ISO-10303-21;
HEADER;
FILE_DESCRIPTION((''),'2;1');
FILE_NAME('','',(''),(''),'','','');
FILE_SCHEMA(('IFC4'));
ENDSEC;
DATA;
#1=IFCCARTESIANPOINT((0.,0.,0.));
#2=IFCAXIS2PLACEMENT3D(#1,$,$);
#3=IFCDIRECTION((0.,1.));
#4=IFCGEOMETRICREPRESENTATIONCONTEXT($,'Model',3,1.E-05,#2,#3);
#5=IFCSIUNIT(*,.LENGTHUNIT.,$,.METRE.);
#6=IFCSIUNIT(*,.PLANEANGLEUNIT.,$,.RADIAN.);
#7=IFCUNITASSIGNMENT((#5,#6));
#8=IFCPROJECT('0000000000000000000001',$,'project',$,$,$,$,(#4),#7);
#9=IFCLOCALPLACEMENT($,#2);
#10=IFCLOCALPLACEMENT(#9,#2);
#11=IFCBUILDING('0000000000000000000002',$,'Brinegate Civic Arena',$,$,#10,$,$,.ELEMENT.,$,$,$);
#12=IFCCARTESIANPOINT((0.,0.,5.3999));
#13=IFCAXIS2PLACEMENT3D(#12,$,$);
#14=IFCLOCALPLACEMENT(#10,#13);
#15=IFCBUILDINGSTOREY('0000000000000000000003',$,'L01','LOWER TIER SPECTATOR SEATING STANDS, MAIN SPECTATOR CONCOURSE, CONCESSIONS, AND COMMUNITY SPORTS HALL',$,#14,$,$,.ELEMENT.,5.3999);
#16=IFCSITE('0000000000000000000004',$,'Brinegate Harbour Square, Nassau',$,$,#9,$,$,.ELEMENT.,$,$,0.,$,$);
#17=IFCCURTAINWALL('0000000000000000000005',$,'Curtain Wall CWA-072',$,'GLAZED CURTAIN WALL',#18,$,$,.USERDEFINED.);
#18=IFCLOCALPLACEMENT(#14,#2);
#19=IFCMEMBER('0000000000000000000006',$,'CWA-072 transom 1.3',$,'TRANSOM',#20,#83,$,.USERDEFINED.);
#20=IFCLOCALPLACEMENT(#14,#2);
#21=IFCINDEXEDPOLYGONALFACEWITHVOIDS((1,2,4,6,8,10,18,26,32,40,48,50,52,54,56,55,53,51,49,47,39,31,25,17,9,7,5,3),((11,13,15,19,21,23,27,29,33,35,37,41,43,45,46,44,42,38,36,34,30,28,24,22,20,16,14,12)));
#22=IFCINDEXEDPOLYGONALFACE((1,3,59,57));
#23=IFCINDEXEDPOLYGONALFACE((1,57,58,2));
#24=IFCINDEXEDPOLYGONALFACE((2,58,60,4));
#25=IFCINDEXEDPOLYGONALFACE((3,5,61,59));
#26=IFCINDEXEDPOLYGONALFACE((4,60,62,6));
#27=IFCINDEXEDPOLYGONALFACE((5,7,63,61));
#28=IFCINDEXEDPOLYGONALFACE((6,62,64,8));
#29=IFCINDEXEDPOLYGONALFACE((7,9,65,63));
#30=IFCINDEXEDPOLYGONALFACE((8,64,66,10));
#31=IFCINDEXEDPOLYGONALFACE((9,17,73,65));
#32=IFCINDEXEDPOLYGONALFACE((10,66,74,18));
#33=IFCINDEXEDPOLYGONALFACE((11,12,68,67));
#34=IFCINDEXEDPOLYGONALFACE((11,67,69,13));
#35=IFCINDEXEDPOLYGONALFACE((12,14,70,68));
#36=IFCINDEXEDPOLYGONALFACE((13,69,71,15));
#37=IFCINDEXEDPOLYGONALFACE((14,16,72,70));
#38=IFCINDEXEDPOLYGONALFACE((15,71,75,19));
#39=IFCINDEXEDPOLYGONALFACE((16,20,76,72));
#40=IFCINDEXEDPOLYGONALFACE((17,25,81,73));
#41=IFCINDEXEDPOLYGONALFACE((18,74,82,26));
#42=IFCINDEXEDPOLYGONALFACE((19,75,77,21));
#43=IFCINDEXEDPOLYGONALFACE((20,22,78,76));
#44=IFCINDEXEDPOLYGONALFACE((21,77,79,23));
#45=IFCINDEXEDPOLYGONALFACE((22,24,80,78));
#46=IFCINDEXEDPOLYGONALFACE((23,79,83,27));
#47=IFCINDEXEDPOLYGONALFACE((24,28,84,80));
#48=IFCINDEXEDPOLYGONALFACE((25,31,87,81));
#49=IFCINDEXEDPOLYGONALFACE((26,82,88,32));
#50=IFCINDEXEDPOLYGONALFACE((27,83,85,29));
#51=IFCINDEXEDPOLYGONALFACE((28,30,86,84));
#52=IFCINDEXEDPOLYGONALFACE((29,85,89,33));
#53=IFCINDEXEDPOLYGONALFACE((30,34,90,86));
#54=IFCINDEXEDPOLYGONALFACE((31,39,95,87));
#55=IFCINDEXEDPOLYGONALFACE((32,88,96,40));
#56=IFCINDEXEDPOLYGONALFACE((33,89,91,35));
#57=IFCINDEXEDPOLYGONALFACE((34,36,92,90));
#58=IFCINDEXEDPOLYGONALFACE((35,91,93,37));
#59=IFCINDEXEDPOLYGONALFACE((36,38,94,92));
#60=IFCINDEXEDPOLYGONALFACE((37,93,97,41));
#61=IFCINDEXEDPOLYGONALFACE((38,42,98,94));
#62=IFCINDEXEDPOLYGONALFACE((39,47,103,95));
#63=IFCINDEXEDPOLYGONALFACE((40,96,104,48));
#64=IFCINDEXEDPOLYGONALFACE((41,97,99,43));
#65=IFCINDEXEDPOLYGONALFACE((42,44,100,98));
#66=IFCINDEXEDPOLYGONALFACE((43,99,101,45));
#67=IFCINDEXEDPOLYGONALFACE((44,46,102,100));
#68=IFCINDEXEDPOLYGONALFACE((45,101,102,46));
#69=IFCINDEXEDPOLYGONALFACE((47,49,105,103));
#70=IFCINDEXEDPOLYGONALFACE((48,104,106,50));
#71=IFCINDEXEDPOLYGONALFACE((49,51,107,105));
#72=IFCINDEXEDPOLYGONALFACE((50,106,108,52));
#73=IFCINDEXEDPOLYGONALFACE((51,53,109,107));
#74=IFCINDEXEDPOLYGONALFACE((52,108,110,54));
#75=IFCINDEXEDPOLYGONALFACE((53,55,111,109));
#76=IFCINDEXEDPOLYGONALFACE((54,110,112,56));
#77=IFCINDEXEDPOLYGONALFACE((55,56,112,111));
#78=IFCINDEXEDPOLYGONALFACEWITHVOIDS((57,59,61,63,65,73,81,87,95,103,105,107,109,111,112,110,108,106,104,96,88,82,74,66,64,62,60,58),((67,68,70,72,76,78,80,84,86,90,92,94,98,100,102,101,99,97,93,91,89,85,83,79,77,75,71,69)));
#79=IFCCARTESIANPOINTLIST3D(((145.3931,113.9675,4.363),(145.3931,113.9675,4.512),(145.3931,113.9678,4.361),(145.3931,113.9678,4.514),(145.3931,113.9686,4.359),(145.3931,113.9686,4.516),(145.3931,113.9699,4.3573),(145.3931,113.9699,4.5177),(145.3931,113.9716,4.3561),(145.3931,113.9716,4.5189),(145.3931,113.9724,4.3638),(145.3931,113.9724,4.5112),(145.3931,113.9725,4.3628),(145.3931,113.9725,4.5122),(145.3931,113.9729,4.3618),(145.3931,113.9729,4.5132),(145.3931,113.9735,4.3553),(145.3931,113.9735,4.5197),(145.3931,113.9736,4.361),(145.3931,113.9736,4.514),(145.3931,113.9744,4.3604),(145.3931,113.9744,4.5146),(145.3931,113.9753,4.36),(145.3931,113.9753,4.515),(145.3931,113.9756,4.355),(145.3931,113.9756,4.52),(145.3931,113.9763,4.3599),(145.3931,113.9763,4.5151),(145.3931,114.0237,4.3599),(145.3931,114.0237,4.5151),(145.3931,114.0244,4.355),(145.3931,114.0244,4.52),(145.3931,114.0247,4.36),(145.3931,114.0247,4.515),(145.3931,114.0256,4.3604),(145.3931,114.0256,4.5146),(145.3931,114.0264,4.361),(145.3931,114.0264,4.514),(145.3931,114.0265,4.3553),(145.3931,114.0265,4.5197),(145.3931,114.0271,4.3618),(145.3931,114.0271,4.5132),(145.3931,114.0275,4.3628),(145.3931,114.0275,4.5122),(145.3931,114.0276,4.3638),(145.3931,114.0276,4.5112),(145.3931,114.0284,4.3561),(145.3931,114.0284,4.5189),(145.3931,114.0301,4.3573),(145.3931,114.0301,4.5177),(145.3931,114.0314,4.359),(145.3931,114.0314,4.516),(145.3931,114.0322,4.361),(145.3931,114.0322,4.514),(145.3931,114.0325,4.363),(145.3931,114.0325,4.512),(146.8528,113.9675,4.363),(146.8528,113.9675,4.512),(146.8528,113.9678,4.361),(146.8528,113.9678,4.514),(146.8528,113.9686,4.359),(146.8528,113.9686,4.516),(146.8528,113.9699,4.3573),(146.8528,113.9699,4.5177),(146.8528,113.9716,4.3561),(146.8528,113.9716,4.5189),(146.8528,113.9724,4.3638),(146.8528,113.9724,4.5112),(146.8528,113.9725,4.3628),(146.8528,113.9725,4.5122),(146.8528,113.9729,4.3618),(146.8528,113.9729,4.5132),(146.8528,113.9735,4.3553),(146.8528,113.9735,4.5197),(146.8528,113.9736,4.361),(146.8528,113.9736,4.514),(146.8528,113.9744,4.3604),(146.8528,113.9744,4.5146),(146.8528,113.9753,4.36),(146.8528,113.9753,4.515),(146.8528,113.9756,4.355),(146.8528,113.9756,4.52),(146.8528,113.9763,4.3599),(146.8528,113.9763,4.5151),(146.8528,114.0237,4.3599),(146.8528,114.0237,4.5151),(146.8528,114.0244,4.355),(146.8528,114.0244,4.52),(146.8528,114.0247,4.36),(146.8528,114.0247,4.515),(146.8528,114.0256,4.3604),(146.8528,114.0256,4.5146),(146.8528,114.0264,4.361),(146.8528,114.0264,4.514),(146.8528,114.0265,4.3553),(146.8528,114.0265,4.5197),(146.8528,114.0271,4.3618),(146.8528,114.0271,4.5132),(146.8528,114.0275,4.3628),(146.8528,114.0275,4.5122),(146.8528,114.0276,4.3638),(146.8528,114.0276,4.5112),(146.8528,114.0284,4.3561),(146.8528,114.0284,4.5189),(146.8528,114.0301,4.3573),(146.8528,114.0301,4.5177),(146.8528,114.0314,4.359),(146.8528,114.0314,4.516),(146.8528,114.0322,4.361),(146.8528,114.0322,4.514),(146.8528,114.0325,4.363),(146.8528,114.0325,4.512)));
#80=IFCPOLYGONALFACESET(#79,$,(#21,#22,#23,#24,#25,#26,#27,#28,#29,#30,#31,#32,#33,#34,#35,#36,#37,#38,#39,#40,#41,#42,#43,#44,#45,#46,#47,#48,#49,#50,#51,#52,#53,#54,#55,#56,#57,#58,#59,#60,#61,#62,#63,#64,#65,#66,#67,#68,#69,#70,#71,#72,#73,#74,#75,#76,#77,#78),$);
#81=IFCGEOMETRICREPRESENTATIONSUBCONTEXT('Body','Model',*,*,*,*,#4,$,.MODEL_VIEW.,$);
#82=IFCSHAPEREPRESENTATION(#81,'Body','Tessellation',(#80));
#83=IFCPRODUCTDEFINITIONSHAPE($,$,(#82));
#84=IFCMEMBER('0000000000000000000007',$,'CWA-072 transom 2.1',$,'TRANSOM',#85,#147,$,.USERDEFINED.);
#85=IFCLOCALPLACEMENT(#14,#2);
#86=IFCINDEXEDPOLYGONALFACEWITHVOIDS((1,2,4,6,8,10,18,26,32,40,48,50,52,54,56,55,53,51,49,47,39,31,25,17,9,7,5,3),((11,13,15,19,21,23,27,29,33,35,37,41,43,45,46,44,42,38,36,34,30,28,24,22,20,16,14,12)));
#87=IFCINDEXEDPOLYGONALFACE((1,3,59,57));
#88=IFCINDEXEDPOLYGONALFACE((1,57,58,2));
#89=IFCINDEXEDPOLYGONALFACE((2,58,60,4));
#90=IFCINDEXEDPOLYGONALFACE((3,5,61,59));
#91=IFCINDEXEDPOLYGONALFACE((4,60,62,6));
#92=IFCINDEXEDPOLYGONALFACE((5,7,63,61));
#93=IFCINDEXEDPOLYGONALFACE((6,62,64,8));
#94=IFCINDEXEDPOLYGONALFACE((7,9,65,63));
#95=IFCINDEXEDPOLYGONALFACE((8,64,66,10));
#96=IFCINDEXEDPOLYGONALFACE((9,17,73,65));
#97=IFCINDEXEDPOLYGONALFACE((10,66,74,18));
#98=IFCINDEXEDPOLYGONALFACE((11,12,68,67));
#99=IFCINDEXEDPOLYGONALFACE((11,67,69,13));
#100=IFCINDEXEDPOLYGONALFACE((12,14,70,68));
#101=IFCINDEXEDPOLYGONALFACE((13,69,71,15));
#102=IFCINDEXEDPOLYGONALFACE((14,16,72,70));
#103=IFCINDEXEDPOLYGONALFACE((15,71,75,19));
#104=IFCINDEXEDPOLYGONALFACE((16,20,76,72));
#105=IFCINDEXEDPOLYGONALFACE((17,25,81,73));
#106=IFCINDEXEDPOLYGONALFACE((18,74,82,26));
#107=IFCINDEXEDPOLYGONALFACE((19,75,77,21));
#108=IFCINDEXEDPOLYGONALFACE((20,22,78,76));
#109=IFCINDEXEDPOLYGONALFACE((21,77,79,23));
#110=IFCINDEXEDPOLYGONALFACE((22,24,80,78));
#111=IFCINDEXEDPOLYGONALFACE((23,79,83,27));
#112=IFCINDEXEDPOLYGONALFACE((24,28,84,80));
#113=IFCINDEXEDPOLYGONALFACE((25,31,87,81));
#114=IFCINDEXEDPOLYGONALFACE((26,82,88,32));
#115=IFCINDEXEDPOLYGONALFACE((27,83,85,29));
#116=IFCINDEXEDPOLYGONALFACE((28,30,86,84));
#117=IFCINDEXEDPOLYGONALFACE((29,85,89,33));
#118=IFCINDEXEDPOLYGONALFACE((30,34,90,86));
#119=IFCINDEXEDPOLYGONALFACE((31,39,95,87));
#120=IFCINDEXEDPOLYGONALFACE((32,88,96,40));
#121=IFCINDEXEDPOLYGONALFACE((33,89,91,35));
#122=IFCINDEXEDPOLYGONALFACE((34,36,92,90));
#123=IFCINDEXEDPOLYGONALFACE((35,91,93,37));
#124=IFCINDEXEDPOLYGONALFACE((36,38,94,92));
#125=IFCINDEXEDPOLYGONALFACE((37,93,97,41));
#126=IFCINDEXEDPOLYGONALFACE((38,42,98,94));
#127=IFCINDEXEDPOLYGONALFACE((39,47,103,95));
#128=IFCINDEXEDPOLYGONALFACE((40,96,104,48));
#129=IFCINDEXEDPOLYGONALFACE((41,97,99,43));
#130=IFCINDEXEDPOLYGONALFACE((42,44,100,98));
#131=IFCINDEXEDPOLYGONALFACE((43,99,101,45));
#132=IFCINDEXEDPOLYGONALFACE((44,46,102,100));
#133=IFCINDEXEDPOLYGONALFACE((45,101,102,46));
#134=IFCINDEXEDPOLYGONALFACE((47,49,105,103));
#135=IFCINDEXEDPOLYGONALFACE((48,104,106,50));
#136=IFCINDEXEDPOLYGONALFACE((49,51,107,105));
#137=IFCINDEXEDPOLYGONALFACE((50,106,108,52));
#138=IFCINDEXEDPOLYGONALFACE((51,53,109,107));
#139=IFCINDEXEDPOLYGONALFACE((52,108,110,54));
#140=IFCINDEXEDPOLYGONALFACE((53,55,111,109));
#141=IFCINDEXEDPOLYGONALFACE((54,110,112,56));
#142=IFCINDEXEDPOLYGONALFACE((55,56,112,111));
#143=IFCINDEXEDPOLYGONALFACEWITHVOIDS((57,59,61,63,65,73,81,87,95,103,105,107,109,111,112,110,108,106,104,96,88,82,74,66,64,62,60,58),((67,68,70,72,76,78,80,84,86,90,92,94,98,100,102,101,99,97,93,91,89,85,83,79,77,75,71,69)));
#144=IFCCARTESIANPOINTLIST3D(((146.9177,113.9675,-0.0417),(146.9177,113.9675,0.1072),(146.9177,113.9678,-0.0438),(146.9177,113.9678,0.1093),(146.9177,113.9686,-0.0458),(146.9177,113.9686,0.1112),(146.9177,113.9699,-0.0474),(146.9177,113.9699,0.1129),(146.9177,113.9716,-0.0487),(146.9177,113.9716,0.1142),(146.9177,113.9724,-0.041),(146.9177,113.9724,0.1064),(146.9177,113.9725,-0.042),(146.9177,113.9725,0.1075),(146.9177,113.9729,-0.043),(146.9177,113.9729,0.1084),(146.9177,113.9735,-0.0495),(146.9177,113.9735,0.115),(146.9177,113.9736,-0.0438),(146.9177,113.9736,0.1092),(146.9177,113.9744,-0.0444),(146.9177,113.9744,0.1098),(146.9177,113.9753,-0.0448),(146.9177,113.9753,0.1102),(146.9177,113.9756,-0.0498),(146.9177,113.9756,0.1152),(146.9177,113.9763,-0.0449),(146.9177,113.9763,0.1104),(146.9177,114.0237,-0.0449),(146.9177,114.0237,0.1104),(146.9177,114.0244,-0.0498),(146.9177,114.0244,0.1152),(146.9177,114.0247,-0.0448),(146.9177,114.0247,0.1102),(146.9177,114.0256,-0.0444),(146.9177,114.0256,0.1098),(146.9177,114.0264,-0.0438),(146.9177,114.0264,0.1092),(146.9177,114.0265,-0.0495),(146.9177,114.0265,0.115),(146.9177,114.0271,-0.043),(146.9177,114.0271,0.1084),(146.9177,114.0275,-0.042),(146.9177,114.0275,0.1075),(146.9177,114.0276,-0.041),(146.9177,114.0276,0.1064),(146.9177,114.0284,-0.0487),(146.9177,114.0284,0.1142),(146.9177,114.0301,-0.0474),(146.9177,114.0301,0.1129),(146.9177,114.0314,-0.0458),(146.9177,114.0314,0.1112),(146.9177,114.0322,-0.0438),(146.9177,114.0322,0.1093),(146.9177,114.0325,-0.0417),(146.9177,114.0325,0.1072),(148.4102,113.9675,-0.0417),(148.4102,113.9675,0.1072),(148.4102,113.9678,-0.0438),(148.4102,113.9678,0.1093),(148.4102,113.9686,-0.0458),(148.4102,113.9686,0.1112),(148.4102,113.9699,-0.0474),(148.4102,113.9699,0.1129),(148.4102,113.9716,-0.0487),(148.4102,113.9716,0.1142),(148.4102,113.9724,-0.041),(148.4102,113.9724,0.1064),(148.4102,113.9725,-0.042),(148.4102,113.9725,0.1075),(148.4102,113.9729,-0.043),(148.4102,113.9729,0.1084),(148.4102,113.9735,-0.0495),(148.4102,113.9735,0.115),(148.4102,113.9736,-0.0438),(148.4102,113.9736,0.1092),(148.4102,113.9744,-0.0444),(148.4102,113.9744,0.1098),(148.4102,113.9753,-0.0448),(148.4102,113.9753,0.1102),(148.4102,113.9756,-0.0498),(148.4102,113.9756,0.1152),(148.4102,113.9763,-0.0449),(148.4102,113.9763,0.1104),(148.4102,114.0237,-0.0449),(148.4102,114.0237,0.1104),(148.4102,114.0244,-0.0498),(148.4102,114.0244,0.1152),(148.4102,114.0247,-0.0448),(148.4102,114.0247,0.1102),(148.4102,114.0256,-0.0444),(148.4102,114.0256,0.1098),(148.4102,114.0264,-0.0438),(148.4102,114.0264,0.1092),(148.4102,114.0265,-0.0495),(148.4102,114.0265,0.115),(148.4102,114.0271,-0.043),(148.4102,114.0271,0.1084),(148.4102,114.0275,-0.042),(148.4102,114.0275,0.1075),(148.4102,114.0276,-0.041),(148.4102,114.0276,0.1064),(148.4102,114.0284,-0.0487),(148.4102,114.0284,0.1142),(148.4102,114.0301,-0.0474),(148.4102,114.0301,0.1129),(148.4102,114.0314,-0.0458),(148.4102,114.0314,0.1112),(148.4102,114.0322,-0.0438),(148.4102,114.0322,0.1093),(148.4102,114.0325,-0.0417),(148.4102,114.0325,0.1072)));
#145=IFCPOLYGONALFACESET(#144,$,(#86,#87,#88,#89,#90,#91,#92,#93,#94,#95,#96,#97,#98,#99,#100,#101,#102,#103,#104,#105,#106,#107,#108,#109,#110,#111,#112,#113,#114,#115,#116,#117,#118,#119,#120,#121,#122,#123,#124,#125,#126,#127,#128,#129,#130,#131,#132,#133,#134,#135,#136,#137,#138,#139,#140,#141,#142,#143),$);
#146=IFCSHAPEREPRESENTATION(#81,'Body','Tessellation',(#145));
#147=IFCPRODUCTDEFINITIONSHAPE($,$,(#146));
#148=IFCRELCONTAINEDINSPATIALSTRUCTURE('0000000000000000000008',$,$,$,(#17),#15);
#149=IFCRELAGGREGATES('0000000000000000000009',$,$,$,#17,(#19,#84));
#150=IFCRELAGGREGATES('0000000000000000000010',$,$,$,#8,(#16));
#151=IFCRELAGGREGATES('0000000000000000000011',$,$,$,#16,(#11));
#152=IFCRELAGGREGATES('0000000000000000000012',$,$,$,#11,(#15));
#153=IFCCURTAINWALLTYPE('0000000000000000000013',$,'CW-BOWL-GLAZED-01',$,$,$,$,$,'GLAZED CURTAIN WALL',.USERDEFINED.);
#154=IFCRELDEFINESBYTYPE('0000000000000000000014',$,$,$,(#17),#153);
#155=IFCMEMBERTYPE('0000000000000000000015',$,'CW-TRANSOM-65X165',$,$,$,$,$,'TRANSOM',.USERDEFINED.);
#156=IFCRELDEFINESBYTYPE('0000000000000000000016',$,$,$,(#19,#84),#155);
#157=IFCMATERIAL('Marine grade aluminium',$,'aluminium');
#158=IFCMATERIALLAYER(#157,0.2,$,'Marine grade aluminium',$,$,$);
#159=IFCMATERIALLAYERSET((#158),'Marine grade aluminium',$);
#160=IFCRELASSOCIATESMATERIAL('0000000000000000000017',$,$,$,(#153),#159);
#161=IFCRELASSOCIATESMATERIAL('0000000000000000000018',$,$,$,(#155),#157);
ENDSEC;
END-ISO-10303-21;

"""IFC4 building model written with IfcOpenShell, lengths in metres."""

from ifc_helpers import new_model, si_unit, direction, frame, origin, origin_2d, place, context, subcontext, project, spatial, hollow_rectangle, extrude, material, layer, layer_set, material_profile, profile_set, type_object, element, aggregate, save


model = new_model("IFC4")

# Units and contexts
model_context = context("Model", 3, precision=1e-05, world=origin(), true_north=direction((0.0, 1.0)))
body_context = subcontext(model_context, "Body", "Model", "MODEL_VIEW")
ifc_project = project(units=[si_unit("LENGTHUNIT", "METRE"), si_unit("PLANEANGLEUNIT", "RADIAN")], contexts=[model_context])

# Site, building, storey
site_placement = place(None, origin())
site = spatial("IfcSite", under=ifc_project, at=site_placement, Name="Brinegate Harbour Square, Nassau", CompositionType="ELEMENT", RefElevation=0.0)
building_placement = place(site_placement, origin())
building = spatial("IfcBuilding", under=site, at=building_placement, Name="Brinegate Civic Arena", CompositionType="ELEMENT")
storey_placement = place(building_placement, frame((0.0, 0.0, 5.3999)))
storey = spatial("IfcBuildingStorey", under=building, at=storey_placement, Name="L01", Description="LOWER TIER SPECTATOR SEATING STANDS, MAIN SPECTATOR CONCOURSE, CONCESSIONS, AND COMMUNITY SPORTS HALL", CompositionType="ELEMENT", Elevation=5.3999)

# Curtain wall, members
ifc_material_1 = material(Name="Marine grade aluminium", Category="aluminium")
ifc_layer_1 = layer(ifc_material_1, 0.2, Name="Marine grade aluminium")
ifc_layer_set_1 = layer_set([ifc_layer_1], Name="Marine grade aluminium")
curtain_wall_type = type_object("IfcCurtainWallType", Name="CW-BOWL-GLAZED-01", ElementType="GLAZED CURTAIN WALL", PredefinedType="USERDEFINED", material=ifc_layer_set_1)
curtain_wall_placement = place(storey_placement, origin())
curtain_wall = element("IfcCurtainWall", 1, at=curtain_wall_placement, inside=storey, type_object=curtain_wall_type, Name="Curtain Wall CWA-072", ObjectType="GLAZED CURTAIN WALL", PredefinedType="USERDEFINED")
ifc_material_profile_1 = material_profile(ifc_material_1, hollow_rectangle(XDim=0.0649, YDim=0.165, WallThickness=0.0049, InnerFilletRadius=0.0039, OuterFilletRadius=0.0081, at=origin_2d()), Name="TRN65X165")
ifc_profile_set_1 = profile_set([ifc_material_profile_1], Name="Marine grade aluminium")
member_type_1 = type_object("IfcMemberType", Name="CW-TRANSOM-65X165", ElementType="TRANSOM", PredefinedType="USERDEFINED", material=ifc_profile_set_1)
member_1_placement = place(storey_placement, frame((145.3931, 114.0, 4.4375), z_axis=(1.0, 0.0, 0.0), x_axis=(0.0, 1.0, 0.0)))
member_1 = element("IfcMember", 2, at=member_1_placement, type_object=member_type_1, Name="CWA-072 transom 1.3", ObjectType="TRANSOM", PredefinedType="USERDEFINED", context=body_context, shape_type="SweptSolid", body=[
    extrude(hollow_rectangle(XDim=0.0649, YDim=0.165, WallThickness=0.0049, InnerFilletRadius=0.0039, OuterFilletRadius=0.0081, at=origin_2d()), origin(), (0.0, 0.0, 1.0), 1.4597),
])
member_2_placement = place(storey_placement, frame((146.9177, 114.0, 0.0327), z_axis=(1.0, 0.0, 0.0), x_axis=(0.0, 1.0, 0.0)))
member_2 = element("IfcMember", 3, at=member_2_placement, type_object=member_type_1, Name="CWA-072 transom 2.1", ObjectType="TRANSOM", PredefinedType="USERDEFINED", context=body_context, shape_type="SweptSolid", body=[
    extrude(hollow_rectangle(XDim=0.0649, YDim=0.165, WallThickness=0.0049, InnerFilletRadius=0.0039, OuterFilletRadius=0.0081, at=origin_2d()), origin(), (0.0, 0.0, 1.0), 1.4924),
])
aggregate(curtain_wall, [member_1, member_2])

save(model, "model.ifc")
